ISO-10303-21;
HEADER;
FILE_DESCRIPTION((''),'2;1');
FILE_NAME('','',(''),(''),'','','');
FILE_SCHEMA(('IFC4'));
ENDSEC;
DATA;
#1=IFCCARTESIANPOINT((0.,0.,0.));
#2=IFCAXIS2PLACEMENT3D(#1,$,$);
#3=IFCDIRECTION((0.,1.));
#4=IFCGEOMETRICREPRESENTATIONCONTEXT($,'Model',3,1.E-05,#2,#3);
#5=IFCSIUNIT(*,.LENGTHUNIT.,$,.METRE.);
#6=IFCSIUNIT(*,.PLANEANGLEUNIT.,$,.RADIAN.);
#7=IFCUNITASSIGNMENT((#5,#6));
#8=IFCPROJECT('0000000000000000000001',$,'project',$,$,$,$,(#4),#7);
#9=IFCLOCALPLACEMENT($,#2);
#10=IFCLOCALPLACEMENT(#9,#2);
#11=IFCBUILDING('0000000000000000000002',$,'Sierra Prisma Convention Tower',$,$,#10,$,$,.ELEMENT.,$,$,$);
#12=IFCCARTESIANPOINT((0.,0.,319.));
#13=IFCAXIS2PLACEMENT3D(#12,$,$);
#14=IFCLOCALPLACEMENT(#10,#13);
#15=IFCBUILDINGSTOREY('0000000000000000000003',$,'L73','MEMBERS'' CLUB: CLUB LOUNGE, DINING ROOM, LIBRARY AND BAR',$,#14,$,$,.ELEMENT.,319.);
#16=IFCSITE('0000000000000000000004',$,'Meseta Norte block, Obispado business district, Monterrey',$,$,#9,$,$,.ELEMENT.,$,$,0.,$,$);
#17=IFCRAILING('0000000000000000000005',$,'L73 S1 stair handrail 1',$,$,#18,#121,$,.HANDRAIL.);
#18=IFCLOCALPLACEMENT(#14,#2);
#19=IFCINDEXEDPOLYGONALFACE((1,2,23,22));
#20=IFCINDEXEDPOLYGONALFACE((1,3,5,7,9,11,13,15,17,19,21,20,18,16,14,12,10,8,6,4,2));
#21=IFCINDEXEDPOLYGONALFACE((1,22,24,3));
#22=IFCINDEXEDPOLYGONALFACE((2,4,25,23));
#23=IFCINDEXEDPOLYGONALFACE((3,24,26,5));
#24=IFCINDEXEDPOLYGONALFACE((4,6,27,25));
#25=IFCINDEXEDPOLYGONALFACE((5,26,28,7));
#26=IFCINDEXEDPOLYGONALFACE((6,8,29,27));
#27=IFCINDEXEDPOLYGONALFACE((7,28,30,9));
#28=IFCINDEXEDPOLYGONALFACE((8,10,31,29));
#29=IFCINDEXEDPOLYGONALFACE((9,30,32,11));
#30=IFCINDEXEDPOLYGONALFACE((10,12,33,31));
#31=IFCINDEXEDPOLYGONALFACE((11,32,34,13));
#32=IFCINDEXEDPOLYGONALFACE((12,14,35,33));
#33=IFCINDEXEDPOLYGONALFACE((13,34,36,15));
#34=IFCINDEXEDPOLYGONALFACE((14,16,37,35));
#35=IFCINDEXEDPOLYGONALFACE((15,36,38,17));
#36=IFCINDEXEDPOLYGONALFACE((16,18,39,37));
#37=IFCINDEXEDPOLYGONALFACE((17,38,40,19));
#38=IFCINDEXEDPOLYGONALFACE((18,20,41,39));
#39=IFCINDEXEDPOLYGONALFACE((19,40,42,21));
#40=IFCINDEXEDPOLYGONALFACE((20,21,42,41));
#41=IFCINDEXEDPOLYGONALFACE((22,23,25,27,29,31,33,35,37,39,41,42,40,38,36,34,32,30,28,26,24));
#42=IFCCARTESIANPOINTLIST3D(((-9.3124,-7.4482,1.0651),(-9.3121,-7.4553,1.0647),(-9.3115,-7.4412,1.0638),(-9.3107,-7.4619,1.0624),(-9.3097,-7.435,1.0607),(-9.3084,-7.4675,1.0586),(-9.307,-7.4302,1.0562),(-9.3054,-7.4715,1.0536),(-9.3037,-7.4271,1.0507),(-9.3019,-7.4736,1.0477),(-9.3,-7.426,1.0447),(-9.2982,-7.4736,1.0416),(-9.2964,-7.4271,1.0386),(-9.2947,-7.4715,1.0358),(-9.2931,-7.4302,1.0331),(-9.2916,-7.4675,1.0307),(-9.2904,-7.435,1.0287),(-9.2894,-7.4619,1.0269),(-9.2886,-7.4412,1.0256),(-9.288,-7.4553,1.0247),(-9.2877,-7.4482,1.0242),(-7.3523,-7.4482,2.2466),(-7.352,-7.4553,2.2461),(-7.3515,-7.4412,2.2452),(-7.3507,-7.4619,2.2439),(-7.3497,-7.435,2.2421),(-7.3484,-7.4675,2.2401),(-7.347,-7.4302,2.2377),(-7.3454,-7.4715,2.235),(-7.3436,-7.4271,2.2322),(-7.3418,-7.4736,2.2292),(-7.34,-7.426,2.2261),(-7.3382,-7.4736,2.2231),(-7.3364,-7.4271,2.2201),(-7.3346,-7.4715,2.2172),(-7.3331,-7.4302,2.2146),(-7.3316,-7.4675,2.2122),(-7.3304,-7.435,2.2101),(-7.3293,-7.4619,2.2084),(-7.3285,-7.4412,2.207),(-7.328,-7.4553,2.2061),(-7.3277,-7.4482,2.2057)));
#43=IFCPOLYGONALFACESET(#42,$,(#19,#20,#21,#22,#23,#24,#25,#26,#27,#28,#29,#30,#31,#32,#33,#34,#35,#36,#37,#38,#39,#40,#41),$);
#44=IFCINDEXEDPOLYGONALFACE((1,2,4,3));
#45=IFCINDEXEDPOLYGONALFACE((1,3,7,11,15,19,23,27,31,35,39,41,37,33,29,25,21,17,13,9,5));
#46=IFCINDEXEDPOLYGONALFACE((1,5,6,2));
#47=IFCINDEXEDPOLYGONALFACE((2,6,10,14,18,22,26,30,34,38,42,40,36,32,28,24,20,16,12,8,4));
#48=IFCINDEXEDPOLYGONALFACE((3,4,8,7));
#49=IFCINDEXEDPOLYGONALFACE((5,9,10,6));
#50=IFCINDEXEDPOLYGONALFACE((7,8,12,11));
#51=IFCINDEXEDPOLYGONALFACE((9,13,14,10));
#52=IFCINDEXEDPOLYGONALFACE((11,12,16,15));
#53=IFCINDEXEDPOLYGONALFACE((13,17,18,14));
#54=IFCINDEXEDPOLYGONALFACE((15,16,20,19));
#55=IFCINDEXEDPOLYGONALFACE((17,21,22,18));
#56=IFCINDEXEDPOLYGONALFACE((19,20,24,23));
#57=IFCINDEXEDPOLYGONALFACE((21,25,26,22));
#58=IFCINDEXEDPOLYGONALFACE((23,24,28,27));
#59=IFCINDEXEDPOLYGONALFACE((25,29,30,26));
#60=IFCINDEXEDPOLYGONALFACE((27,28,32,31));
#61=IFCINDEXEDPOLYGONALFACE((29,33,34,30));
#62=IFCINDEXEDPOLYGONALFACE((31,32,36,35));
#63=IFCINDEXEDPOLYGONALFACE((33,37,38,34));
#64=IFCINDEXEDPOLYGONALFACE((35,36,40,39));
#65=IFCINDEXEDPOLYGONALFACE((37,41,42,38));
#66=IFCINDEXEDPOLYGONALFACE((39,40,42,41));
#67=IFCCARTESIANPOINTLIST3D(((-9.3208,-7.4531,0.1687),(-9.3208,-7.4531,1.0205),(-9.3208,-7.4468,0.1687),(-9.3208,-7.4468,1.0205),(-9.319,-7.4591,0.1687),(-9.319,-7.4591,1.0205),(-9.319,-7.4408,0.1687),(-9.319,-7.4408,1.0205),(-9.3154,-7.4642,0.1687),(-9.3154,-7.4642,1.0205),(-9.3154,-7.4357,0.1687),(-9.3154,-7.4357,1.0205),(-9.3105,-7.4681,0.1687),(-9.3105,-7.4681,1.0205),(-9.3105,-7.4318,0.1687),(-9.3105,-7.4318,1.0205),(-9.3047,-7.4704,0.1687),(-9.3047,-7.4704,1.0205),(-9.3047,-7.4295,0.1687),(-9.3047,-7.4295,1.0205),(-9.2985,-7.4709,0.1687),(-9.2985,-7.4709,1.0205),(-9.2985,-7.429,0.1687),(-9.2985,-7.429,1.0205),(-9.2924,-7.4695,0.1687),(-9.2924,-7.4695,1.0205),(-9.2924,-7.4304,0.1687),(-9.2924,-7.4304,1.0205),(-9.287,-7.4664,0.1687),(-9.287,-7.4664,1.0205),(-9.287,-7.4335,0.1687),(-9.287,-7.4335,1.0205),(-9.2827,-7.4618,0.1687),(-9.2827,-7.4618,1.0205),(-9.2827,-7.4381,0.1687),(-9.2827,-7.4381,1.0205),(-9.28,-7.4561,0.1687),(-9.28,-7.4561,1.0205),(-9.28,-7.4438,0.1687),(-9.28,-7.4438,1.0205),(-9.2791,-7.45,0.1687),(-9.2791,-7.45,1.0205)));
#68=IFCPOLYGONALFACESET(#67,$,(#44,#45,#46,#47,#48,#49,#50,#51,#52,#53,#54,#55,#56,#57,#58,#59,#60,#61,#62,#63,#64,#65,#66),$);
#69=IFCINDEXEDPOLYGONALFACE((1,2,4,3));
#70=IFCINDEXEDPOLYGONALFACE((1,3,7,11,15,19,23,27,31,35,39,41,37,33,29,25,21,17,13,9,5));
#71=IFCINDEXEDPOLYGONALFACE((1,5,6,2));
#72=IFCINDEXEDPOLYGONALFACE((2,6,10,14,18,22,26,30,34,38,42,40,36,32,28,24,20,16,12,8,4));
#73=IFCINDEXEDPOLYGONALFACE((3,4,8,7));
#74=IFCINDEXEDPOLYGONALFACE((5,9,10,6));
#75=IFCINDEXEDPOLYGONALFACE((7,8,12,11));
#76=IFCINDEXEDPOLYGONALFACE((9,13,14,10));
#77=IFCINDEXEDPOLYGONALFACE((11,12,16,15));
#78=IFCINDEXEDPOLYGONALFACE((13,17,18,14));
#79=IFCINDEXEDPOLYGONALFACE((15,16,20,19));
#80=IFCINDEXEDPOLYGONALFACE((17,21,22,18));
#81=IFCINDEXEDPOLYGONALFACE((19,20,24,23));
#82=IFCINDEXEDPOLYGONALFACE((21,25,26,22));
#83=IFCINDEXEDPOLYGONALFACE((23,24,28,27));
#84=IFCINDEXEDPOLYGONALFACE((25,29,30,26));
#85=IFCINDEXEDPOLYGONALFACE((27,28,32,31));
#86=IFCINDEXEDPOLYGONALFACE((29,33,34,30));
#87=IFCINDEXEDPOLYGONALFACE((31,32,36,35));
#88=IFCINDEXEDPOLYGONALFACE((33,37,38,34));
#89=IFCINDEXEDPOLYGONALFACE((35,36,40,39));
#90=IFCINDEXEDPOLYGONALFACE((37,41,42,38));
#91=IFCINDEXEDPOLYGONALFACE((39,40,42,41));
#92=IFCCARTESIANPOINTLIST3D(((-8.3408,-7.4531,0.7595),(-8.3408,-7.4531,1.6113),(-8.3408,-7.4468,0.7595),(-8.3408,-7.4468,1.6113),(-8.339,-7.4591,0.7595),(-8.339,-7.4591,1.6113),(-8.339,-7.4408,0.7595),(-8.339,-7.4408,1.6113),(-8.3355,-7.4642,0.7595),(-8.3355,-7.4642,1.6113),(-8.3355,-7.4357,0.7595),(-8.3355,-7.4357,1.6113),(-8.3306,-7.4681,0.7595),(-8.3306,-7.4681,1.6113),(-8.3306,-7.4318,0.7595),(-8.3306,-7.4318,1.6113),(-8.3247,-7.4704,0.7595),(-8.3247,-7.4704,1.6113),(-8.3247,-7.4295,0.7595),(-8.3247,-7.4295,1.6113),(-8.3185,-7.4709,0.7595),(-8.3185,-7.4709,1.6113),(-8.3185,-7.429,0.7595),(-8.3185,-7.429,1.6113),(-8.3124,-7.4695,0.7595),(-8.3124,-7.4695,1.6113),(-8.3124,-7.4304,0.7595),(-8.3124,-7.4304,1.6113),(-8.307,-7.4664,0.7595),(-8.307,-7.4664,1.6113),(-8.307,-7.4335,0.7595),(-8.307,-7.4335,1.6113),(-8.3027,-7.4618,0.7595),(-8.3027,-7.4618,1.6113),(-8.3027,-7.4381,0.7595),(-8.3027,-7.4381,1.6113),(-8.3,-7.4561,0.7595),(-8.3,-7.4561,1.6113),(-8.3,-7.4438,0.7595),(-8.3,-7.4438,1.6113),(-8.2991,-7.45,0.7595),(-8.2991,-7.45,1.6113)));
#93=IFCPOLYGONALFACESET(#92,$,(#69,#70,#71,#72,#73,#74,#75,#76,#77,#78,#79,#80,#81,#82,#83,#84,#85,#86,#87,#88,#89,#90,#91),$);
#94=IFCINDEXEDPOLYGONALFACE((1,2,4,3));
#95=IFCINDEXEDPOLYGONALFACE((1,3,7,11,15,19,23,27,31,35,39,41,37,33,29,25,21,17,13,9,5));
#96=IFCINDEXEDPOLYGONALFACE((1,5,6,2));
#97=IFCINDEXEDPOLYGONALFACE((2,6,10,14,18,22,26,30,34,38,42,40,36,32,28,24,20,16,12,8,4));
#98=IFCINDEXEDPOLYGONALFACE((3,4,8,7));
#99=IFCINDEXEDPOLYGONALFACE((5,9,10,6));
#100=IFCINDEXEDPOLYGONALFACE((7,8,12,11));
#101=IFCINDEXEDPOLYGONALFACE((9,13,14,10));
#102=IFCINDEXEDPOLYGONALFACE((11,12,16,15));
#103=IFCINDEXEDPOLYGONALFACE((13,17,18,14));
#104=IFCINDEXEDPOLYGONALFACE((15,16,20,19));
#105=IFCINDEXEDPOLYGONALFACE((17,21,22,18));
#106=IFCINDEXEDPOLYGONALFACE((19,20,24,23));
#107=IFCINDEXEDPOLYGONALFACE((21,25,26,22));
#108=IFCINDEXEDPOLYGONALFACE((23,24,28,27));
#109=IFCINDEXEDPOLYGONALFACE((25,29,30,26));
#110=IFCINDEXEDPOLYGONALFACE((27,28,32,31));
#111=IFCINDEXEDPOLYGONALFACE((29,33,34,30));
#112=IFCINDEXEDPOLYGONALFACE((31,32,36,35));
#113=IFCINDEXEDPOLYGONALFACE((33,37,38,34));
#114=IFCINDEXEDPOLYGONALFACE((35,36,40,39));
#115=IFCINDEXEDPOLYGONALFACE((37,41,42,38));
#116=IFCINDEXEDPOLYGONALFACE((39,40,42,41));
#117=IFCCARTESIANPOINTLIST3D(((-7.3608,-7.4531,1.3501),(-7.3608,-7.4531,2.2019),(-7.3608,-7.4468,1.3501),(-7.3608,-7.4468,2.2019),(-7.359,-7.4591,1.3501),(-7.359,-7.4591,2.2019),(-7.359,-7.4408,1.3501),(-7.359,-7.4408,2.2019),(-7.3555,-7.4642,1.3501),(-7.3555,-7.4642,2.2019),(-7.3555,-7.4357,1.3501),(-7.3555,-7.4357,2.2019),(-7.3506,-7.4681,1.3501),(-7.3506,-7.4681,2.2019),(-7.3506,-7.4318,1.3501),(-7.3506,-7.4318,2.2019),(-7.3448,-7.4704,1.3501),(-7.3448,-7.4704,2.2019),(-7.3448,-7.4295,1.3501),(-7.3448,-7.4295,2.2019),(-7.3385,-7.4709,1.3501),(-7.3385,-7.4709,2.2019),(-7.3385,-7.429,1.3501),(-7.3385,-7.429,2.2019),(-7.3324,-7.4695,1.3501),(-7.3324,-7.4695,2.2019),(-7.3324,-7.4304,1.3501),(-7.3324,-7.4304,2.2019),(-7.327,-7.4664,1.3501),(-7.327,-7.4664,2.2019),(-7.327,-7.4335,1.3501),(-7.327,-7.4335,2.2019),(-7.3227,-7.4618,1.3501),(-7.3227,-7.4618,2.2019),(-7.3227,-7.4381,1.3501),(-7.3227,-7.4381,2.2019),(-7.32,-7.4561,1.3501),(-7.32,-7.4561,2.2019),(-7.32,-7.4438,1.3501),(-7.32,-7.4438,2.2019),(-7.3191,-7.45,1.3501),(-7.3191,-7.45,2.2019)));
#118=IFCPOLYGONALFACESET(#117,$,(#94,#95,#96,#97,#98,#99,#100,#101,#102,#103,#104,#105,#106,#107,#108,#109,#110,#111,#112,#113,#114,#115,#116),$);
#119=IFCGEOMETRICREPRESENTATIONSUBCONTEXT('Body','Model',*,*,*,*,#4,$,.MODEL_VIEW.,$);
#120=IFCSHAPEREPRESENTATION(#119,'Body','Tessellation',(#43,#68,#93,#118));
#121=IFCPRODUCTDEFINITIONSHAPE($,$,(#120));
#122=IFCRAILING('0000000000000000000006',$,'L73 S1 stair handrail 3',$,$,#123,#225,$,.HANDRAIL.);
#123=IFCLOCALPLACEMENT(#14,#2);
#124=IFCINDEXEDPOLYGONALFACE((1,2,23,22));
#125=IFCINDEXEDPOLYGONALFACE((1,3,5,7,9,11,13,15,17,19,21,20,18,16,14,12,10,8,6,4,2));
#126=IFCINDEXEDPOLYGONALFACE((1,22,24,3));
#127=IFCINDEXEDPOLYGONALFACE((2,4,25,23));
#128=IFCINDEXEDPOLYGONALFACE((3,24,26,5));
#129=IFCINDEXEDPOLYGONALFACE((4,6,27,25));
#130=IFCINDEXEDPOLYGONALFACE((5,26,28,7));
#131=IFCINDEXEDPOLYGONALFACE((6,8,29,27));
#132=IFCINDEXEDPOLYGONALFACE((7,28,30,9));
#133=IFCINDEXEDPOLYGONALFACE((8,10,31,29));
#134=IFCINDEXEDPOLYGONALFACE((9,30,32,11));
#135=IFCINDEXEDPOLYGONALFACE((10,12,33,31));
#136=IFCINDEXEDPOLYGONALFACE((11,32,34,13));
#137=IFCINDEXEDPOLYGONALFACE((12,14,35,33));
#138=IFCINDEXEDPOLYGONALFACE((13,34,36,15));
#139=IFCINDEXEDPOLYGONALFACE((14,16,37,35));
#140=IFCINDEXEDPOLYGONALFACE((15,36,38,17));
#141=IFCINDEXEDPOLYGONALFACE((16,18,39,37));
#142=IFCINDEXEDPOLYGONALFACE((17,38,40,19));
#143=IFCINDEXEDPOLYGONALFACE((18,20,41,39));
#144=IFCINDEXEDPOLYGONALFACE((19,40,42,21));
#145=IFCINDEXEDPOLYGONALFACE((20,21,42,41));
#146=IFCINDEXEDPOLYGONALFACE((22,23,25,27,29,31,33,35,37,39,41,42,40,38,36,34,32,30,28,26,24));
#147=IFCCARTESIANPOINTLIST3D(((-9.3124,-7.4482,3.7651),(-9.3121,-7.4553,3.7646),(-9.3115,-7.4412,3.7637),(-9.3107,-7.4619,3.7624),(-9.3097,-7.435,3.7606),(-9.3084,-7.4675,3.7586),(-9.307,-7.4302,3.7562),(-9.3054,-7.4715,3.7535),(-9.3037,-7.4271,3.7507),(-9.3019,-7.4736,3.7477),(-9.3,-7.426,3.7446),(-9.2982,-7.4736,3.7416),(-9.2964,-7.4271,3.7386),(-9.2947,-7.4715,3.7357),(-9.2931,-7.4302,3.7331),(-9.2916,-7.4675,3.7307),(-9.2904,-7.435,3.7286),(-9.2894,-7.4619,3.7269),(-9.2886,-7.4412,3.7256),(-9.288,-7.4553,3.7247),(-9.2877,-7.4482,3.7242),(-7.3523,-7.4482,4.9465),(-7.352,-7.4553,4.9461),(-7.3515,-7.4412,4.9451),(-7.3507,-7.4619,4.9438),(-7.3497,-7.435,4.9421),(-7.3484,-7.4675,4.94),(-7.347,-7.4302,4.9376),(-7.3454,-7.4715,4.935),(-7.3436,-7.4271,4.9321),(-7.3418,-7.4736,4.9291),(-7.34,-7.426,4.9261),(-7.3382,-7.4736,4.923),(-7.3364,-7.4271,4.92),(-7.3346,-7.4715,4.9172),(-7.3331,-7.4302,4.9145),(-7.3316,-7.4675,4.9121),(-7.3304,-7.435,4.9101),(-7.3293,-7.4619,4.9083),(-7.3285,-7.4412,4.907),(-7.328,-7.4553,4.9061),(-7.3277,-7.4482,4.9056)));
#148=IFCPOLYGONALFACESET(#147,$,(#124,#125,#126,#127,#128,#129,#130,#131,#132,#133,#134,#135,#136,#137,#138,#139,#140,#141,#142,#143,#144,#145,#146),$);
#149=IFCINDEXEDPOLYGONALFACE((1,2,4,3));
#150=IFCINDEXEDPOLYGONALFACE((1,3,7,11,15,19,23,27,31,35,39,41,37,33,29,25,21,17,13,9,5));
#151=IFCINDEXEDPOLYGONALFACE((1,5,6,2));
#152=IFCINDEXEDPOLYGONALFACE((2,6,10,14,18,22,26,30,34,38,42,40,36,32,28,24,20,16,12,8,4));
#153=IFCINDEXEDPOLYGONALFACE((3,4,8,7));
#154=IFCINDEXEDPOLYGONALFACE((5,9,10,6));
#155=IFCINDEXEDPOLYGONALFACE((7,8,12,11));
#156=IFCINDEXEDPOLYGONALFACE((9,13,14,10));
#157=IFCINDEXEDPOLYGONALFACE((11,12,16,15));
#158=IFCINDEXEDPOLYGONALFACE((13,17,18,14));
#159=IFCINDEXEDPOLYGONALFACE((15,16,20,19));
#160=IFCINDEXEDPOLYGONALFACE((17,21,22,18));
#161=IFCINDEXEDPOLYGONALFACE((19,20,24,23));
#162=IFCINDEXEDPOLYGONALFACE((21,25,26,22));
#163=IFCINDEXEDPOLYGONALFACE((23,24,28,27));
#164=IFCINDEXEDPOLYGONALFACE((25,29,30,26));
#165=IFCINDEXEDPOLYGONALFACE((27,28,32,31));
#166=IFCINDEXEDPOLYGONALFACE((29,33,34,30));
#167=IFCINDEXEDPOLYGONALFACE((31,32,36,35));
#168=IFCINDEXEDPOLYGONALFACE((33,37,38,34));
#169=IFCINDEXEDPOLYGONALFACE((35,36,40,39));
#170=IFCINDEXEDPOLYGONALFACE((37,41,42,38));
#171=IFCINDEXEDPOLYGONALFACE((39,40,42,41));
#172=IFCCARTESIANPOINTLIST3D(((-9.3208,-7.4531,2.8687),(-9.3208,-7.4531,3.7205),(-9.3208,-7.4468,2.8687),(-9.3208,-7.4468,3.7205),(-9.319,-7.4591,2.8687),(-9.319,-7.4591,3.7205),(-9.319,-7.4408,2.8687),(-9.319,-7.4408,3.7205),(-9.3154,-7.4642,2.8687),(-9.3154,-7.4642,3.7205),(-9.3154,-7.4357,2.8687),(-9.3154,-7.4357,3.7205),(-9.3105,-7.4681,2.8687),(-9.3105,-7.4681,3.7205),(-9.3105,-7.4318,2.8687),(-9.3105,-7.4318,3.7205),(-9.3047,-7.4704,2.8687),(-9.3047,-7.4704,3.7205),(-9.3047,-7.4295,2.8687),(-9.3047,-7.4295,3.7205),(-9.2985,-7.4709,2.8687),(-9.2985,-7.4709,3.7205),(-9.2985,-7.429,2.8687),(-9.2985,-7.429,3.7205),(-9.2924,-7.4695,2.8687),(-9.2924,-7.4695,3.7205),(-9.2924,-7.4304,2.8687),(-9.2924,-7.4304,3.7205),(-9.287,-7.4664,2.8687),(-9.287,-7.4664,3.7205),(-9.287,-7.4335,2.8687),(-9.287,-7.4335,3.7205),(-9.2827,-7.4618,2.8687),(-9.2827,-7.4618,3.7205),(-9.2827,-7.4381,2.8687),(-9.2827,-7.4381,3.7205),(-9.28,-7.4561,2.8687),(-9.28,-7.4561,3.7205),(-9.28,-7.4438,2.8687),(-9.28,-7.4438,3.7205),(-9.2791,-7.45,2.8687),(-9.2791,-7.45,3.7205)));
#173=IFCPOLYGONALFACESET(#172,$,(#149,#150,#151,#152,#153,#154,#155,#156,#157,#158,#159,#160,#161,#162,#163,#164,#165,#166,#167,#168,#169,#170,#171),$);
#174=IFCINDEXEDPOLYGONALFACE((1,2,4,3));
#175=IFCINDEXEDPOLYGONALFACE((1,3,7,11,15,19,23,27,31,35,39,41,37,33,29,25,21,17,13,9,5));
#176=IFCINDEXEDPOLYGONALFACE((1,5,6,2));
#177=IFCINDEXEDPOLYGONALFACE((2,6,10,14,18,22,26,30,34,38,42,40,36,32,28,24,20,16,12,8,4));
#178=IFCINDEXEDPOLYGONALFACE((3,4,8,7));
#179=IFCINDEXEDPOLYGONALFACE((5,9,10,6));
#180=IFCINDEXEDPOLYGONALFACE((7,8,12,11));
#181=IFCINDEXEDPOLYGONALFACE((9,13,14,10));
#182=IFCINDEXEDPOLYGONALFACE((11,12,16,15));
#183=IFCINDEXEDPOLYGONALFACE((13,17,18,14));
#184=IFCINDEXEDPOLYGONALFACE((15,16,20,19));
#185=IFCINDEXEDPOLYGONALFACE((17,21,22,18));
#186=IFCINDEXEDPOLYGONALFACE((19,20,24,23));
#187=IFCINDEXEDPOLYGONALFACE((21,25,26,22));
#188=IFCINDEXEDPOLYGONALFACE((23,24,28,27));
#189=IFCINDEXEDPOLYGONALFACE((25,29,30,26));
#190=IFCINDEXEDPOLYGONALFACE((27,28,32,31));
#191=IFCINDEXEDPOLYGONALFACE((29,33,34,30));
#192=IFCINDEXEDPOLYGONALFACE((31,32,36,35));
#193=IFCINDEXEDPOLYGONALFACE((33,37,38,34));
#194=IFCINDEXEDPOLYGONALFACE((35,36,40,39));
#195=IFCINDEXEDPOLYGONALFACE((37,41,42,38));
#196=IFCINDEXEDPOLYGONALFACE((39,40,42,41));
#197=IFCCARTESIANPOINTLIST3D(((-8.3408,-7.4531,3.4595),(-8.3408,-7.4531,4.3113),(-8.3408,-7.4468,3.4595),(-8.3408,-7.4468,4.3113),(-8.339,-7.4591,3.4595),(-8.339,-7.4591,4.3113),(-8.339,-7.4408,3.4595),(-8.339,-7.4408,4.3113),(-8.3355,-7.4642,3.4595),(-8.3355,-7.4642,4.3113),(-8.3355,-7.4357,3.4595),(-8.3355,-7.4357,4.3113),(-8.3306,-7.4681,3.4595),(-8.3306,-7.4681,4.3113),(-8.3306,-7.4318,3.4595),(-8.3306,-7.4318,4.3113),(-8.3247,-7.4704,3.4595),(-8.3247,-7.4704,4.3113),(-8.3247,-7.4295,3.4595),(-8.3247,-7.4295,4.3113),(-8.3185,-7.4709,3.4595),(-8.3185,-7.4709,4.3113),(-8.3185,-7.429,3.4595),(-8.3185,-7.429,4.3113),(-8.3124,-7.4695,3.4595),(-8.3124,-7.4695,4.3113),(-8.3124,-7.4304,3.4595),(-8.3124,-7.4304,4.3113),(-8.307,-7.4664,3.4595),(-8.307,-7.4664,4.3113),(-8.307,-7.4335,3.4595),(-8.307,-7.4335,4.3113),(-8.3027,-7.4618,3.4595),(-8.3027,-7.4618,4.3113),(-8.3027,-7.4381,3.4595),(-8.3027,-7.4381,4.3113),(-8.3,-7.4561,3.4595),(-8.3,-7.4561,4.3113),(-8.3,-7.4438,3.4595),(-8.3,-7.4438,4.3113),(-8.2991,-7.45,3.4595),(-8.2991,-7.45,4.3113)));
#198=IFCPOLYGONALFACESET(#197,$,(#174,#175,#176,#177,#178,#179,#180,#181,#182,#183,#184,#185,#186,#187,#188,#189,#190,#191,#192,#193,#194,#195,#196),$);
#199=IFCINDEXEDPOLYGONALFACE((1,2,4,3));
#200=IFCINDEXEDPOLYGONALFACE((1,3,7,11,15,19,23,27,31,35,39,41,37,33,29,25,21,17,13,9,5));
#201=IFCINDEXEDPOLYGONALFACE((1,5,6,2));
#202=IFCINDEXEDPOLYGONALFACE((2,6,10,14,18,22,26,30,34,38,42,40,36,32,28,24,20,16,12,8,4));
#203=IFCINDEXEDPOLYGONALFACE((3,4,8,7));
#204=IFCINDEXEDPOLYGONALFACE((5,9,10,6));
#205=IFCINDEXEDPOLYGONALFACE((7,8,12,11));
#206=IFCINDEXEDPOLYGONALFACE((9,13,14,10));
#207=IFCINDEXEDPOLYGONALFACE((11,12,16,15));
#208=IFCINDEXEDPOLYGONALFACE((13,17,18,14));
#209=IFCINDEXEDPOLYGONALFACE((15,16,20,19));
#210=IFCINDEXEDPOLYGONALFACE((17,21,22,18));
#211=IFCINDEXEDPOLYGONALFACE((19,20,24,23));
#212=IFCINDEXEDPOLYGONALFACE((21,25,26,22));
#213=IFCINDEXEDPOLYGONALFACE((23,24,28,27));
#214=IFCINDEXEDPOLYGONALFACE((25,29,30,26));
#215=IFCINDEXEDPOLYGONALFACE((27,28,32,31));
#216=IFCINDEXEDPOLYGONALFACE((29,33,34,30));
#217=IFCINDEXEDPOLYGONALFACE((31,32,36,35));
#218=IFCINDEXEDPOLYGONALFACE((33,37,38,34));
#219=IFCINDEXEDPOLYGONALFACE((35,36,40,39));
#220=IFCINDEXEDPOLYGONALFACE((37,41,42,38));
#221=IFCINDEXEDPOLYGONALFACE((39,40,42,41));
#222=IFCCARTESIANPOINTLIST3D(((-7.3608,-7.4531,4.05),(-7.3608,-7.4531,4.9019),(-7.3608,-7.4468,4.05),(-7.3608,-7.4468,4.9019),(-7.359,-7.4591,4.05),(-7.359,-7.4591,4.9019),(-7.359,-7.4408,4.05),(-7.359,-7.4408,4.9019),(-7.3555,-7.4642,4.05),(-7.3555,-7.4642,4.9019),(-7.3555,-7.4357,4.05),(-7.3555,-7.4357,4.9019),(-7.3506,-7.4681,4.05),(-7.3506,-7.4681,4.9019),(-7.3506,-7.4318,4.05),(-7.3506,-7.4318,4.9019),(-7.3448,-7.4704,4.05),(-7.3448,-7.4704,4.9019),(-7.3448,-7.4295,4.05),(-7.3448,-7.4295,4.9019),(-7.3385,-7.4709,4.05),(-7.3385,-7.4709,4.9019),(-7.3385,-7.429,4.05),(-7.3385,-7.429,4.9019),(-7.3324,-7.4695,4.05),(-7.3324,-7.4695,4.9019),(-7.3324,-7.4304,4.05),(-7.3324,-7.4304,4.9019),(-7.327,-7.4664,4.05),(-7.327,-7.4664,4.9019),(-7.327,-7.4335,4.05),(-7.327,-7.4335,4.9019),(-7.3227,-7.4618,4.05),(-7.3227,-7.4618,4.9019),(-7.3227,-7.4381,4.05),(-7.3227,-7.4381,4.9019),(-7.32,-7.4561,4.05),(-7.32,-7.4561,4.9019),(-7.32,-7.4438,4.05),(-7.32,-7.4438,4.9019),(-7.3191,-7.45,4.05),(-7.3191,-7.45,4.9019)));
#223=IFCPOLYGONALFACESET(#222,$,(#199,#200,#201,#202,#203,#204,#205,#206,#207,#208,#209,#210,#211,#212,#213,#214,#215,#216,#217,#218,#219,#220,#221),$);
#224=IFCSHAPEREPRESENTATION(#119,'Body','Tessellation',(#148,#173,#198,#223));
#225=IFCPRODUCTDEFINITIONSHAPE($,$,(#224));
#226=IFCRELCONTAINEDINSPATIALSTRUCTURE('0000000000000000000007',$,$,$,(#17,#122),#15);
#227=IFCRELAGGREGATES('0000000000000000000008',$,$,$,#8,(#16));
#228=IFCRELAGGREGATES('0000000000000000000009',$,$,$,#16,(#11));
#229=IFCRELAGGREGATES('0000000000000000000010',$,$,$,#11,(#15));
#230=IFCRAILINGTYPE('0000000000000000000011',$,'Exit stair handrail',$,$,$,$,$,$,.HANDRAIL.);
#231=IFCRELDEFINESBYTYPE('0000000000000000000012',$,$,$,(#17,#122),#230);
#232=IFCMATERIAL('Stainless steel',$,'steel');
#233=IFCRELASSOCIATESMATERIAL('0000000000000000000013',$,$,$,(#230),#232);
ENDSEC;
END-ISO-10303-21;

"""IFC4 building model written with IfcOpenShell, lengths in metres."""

from ifc_helpers import new_model, si_unit, direction, frame, origin, origin_2d, place, context, subcontext, project, spatial, circle, extrude, material, type_object, element, save


model = new_model("IFC4")

# Units and contexts
model_context = context("Model", 3, precision=1e-05, world=origin(), true_north=direction((0.0, 1.0)))
body_context = subcontext(model_context, "Body", "Model", "MODEL_VIEW")
ifc_project = project(units=[si_unit("LENGTHUNIT", "METRE"), si_unit("PLANEANGLEUNIT", "RADIAN")], contexts=[model_context])

# Site, building, storey
site_placement = place(None, origin())
site = spatial("IfcSite", under=ifc_project, at=site_placement, Name="Meseta Norte block, Obispado business district, Monterrey", CompositionType="ELEMENT", RefElevation=0.0)
building_placement = place(site_placement, origin())
building = spatial("IfcBuilding", under=site, at=building_placement, Name="Sierra Prisma Convention Tower", CompositionType="ELEMENT")
storey_placement = place(building_placement, frame((0.0, 0.0, 319.0)))
storey = spatial("IfcBuildingStorey", under=building, at=storey_placement, Name="L73", Description="MEMBERS' CLUB: CLUB LOUNGE, DINING ROOM, LIBRARY AND BAR", CompositionType="ELEMENT", Elevation=319.0)

# Railings
ifc_material_1 = material(Name="Stainless steel", Category="steel")
railing_type_1 = type_object("IfcRailingType", Name="Exit stair handrail", PredefinedType="HANDRAIL", material=ifc_material_1)
for number, where, name in (
    (1, (-9.3, -7.45, 0.1687), "L73 S1 stair handrail 1"),
    (2, (-9.3, -7.45, 2.8687), "L73 S1 stair handrail 3"),
):
    element("IfcRailing", number, at=place(storey_placement, frame(where)), inside=storey, type_object=railing_type_1, Name=name, PredefinedType="HANDRAIL", context=body_context, shape_type="SweptSolid", body=[
        extrude(circle(Radius=0.0239, at=origin_2d()), frame((0.0, 0.0, 0.876), z_axis=(0.856446, 0.0, 0.516236), x_axis=(0.0, 1.0, 0.0)), (0.0, 0.0, 1.0), 2.2886),
        extrude(circle(Radius=0.021, at=origin_2d()), origin(), (0.0, 0.0, 1.0), 0.8518),
        extrude(circle(Radius=0.021, at=origin_2d()), frame((0.98, 0.0, 0.5908)), (0.0, 0.0, 1.0), 0.8518),
        extrude(circle(Radius=0.021, at=origin_2d()), frame((1.96, 0.0, 1.1814)), (0.0, 0.0, 1.0), 0.8518),
    ])

save(model, "model.ifc")
